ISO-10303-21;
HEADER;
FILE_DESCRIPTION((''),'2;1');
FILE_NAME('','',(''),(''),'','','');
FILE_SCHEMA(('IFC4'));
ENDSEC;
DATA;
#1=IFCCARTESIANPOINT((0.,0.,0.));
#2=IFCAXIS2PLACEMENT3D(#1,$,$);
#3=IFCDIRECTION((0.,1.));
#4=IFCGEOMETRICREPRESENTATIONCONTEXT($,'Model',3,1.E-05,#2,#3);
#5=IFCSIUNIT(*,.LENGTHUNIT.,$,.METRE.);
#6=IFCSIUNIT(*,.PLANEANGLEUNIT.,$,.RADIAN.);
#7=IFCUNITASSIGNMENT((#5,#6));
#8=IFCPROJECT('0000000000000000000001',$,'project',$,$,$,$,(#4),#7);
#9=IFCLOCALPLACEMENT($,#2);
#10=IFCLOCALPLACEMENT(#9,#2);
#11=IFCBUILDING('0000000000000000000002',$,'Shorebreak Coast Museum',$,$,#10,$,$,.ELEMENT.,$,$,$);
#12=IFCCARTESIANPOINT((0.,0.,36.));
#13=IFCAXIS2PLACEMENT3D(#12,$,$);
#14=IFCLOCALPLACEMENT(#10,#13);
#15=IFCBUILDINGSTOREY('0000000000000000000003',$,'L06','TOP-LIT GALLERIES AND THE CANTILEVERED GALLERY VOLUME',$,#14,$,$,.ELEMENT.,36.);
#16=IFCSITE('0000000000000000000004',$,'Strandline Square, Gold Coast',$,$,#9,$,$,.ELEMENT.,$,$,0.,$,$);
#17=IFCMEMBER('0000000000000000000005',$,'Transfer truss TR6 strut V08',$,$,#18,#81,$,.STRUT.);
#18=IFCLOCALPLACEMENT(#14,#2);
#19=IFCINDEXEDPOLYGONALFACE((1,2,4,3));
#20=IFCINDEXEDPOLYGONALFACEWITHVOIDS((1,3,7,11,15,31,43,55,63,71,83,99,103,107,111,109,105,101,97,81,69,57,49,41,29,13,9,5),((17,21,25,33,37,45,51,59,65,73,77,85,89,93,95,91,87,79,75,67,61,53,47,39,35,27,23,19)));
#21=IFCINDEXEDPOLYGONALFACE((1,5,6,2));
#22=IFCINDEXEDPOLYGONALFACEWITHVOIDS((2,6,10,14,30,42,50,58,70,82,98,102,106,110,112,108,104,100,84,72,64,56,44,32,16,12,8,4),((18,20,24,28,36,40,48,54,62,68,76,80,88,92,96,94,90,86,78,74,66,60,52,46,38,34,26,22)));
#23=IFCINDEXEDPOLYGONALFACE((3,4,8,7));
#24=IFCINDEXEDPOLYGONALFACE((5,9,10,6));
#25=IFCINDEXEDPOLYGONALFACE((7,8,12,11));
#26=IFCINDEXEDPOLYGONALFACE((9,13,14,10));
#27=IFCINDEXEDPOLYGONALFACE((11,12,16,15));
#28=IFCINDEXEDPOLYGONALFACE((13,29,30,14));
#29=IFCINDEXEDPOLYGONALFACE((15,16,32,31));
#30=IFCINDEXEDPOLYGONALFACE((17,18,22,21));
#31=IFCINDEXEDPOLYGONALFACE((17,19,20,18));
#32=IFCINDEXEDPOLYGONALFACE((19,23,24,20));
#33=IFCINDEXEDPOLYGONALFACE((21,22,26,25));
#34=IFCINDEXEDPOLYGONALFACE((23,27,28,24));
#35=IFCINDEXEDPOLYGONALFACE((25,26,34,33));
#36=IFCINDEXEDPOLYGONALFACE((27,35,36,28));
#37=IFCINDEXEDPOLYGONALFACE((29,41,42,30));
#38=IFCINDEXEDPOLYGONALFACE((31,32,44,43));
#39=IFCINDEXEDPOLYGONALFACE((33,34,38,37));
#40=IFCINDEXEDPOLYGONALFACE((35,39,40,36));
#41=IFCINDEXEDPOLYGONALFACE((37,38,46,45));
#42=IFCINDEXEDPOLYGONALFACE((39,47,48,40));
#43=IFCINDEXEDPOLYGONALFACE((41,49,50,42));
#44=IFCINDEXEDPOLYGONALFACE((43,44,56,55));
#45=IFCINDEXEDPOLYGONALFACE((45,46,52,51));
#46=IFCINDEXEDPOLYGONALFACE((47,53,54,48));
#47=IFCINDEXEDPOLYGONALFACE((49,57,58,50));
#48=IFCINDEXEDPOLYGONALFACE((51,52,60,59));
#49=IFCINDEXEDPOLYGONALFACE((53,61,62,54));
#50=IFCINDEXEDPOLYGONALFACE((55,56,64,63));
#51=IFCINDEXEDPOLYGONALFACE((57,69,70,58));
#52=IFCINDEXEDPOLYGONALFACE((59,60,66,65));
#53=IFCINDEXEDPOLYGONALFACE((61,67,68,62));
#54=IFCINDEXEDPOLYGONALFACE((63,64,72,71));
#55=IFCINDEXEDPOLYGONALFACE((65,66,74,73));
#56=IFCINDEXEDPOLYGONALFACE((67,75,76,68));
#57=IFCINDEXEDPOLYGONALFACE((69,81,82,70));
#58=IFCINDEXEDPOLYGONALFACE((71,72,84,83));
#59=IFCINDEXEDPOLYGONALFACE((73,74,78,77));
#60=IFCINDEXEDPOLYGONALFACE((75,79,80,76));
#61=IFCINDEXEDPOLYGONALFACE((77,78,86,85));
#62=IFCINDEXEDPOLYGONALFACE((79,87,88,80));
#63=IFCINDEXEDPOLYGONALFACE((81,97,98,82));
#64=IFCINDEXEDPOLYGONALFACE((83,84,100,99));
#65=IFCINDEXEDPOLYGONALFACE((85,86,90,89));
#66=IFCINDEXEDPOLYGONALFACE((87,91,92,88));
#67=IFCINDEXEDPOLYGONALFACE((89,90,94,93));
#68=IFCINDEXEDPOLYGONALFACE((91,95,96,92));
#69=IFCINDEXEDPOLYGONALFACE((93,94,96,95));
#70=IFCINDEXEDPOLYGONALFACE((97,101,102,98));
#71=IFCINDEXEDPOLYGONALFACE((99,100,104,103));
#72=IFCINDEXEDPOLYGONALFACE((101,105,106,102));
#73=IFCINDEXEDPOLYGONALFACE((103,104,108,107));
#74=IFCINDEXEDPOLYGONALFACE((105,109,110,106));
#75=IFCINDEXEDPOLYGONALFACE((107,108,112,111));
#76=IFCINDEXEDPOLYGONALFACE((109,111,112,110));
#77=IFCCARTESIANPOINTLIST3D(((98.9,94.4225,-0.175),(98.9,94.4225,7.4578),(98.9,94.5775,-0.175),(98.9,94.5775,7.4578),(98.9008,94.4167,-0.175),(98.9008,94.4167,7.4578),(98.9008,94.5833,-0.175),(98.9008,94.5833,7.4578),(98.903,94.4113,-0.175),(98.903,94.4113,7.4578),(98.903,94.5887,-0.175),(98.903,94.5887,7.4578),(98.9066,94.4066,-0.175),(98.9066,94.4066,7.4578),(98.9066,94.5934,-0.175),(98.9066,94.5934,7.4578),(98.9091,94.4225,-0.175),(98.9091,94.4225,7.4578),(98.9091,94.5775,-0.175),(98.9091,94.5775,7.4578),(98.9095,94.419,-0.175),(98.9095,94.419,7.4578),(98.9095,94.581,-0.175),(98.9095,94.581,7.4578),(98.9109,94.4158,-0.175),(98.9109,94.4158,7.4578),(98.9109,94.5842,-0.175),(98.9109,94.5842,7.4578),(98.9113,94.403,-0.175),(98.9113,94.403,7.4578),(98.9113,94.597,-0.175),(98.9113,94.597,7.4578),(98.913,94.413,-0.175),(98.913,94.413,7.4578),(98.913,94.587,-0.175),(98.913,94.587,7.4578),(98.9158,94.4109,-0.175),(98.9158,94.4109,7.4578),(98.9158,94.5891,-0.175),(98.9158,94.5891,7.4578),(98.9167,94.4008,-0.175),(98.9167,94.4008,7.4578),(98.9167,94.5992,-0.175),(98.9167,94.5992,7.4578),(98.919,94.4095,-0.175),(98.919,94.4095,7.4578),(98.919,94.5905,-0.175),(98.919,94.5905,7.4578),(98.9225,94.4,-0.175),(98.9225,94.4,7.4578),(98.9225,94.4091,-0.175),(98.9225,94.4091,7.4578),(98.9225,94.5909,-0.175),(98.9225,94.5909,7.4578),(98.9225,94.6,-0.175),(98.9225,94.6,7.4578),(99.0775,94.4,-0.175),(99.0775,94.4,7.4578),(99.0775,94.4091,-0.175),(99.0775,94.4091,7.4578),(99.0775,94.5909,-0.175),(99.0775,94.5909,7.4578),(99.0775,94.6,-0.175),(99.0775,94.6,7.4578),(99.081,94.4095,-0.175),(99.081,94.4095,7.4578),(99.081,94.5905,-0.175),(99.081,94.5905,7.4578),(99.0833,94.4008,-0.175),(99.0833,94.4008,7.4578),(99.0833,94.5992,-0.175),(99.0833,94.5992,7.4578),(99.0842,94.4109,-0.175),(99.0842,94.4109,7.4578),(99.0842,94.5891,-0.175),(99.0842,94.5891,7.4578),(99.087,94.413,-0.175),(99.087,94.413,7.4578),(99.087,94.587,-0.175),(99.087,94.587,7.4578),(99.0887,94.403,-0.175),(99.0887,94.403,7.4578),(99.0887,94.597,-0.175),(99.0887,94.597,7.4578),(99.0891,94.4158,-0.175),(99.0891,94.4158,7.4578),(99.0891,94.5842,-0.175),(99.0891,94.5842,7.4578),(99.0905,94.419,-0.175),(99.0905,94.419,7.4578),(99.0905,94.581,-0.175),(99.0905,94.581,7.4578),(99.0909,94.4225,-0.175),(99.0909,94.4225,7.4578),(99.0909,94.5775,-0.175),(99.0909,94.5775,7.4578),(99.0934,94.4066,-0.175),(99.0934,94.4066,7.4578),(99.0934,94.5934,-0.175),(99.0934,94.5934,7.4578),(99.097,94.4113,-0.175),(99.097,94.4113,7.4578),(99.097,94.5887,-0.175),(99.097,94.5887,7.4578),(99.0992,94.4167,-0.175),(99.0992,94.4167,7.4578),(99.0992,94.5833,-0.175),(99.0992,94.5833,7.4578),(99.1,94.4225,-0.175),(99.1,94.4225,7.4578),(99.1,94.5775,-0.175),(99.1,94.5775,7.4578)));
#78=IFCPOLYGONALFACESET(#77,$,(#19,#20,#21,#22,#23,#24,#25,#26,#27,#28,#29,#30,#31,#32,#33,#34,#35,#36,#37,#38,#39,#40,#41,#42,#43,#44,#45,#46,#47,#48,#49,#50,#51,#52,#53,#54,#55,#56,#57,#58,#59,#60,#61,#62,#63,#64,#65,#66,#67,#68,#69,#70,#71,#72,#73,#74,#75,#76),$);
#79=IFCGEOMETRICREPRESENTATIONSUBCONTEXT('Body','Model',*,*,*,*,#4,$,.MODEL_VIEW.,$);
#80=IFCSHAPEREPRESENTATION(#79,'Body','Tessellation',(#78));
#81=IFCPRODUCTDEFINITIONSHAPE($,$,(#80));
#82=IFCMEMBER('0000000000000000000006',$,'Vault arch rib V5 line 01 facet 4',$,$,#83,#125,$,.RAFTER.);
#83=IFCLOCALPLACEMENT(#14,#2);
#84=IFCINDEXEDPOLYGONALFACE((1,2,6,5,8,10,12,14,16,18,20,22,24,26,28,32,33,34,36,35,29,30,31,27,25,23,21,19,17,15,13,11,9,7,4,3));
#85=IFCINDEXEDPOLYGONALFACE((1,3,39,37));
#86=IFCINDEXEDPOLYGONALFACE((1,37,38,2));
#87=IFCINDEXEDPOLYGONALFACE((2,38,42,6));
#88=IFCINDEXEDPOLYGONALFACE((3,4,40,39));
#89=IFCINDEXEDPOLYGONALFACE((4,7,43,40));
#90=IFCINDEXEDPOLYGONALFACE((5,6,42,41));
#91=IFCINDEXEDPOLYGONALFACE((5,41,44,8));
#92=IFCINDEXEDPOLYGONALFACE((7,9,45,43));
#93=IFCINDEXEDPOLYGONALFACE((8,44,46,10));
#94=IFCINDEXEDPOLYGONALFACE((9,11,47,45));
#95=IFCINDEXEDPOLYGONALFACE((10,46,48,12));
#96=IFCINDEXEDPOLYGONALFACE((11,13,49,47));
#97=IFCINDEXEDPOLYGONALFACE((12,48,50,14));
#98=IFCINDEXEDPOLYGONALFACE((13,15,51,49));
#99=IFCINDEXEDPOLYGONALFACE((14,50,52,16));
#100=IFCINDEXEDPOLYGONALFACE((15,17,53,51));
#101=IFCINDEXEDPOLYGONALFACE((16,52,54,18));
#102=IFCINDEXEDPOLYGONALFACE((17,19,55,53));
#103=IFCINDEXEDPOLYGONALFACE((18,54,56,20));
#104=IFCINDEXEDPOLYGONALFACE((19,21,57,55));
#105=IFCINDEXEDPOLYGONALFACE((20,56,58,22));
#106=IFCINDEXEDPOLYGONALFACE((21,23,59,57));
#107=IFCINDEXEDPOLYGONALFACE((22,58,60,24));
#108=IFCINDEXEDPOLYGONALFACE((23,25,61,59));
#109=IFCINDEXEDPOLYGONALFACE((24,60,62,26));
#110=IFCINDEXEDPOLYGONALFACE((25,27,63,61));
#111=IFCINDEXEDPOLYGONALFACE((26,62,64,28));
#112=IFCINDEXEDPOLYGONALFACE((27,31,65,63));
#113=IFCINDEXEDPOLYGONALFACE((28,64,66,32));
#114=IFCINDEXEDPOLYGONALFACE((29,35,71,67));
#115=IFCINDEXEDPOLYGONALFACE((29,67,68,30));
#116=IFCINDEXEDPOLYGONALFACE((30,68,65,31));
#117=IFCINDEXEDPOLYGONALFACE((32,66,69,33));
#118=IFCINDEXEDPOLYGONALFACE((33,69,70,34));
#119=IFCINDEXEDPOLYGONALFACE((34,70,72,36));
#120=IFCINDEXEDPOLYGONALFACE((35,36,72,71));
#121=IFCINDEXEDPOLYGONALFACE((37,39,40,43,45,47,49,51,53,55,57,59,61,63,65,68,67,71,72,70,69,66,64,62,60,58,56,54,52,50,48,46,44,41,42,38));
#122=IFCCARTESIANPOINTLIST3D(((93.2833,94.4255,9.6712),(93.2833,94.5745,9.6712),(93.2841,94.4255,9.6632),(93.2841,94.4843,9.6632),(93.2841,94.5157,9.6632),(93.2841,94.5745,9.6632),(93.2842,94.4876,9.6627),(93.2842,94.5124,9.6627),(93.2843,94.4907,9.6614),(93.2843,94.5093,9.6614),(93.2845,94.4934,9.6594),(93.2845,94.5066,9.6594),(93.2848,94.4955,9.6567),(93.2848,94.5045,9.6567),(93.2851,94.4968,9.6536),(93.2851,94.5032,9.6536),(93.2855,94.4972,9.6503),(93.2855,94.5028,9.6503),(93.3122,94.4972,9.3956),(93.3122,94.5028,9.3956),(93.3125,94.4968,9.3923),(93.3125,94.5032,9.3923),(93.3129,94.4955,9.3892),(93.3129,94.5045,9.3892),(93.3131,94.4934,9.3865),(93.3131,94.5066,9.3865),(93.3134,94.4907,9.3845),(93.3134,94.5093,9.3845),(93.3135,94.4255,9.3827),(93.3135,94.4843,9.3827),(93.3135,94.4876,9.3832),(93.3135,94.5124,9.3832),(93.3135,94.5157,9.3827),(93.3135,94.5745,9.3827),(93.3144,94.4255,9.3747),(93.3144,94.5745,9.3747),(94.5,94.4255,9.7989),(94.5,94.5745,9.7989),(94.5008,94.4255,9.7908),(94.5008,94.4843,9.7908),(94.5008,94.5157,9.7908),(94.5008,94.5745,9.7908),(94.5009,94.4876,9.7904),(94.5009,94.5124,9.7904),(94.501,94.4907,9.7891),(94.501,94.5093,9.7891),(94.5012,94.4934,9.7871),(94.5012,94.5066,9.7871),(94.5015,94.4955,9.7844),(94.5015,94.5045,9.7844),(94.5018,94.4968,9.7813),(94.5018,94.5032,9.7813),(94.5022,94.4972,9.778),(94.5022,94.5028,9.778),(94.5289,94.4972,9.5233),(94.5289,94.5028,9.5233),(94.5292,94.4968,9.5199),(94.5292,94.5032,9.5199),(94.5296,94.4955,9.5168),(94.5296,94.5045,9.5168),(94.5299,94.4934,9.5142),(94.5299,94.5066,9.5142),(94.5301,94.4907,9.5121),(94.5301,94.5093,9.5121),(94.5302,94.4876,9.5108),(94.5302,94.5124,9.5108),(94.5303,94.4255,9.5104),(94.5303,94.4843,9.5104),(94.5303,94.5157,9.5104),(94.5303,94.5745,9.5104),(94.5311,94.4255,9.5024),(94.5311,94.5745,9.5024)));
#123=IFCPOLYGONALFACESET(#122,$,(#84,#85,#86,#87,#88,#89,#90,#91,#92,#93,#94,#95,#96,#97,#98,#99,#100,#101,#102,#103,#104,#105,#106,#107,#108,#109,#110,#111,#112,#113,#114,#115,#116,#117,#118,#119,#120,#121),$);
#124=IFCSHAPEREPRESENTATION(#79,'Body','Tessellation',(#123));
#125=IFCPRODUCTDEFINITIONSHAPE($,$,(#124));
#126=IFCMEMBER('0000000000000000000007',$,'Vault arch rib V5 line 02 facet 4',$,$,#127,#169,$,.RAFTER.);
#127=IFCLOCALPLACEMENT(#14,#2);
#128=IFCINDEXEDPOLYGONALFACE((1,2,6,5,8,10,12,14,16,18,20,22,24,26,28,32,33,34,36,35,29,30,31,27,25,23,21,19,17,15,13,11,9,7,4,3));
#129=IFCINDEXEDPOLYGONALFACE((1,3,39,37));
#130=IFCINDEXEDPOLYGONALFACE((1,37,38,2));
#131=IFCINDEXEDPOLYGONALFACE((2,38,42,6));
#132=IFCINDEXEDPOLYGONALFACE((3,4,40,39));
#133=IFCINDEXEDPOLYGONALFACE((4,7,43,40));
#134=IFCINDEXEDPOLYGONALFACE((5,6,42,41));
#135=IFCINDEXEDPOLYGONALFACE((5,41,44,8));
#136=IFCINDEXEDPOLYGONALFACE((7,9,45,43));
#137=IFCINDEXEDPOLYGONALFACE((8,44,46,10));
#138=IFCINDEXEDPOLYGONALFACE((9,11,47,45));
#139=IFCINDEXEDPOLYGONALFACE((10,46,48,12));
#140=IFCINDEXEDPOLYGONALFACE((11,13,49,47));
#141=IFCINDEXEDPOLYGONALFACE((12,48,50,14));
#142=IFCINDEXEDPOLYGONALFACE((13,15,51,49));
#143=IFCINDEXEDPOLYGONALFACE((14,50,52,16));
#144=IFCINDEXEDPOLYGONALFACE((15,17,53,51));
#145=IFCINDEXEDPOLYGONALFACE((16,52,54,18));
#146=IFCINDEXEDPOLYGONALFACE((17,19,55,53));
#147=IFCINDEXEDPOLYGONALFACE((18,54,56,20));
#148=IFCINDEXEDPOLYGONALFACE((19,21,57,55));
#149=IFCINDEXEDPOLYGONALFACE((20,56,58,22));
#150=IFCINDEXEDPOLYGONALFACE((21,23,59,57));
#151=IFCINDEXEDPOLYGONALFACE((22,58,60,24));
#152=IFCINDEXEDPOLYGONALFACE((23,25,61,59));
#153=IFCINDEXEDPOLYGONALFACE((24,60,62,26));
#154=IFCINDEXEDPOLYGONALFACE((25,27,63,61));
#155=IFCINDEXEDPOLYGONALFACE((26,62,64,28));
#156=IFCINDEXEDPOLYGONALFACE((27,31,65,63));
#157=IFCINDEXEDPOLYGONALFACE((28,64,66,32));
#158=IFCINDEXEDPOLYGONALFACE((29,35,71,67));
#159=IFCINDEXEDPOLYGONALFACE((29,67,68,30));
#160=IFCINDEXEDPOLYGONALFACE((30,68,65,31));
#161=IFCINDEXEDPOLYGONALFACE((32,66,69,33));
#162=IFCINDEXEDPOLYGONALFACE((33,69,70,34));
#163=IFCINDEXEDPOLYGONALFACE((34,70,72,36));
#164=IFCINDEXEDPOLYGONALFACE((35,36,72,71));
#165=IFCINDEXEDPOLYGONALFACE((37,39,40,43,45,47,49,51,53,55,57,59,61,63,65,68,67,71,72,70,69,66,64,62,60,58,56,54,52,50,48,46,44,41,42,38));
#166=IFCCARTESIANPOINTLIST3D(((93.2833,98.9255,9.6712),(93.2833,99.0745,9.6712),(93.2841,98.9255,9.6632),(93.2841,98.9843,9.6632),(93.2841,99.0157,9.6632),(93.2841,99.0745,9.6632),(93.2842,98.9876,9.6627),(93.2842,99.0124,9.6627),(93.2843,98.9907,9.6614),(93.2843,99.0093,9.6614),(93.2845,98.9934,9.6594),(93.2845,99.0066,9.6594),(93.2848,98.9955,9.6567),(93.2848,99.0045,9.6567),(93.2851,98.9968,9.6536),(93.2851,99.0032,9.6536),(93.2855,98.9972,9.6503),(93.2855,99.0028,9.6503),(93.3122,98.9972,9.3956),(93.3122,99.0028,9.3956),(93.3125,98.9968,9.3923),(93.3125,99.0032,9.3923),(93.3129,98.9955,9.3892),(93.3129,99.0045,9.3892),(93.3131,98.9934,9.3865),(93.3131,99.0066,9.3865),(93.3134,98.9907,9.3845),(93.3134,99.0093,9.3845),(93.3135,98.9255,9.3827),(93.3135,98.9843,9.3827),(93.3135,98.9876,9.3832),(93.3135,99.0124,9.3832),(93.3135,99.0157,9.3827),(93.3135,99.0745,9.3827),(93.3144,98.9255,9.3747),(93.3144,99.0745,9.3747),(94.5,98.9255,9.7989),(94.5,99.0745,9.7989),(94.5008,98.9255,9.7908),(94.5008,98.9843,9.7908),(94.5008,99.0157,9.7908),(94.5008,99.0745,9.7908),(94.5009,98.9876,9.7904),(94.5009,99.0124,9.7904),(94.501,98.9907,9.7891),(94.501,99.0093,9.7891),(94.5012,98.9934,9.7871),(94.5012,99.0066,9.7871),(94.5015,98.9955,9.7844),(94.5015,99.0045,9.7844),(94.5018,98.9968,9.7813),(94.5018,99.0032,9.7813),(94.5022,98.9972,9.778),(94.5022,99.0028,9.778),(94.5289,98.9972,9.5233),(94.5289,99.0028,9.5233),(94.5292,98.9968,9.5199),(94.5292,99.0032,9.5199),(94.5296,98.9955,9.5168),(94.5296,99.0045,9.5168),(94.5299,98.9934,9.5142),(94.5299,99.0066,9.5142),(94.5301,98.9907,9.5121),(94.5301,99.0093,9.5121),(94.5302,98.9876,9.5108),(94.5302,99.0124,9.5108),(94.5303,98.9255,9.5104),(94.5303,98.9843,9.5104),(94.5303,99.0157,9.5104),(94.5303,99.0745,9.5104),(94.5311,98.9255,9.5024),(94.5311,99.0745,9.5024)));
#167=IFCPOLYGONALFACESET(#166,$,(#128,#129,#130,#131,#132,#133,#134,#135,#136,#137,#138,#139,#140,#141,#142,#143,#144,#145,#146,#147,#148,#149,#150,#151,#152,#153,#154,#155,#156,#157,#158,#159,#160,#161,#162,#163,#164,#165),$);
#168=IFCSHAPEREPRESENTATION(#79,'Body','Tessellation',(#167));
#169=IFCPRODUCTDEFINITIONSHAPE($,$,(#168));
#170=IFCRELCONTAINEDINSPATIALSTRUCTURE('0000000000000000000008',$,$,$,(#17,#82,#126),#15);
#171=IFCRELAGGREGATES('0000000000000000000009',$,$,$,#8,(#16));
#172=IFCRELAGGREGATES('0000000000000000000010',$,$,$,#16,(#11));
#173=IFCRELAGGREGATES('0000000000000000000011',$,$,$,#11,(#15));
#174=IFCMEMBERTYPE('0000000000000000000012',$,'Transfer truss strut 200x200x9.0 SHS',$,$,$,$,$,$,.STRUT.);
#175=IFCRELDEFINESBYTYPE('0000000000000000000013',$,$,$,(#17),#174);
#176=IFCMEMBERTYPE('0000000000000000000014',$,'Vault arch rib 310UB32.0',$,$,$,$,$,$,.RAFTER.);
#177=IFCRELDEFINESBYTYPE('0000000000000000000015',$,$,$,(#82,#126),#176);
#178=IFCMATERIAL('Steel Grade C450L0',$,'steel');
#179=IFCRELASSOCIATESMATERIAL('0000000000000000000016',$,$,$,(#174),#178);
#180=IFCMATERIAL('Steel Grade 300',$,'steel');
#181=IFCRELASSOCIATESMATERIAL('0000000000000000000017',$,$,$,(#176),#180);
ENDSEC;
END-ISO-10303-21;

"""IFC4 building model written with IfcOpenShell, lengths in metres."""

from ifc_helpers import new_model, si_unit, direction, frame, origin, origin_2d, place, context, subcontext, project, spatial, hollow_rectangle, i_section, extrude, material, material_profile, profile_set, type_object, element, save


model = new_model("IFC4")

# Units and contexts
model_context = context("Model", 3, precision=1e-05, world=origin(), true_north=direction((0.0, 1.0)))
body_context = subcontext(model_context, "Body", "Model", "MODEL_VIEW")
ifc_project = project(units=[si_unit("LENGTHUNIT", "METRE"), si_unit("PLANEANGLEUNIT", "RADIAN")], contexts=[model_context])

# Site, building, storey
site_placement = place(None, origin())
site = spatial("IfcSite", under=ifc_project, at=site_placement, Name="Strandline Square, Gold Coast", CompositionType="ELEMENT", RefElevation=0.0)
building_placement = place(site_placement, origin())
building = spatial("IfcBuilding", under=site, at=building_placement, Name="Shorebreak Coast Museum", CompositionType="ELEMENT")
storey_placement = place(building_placement, frame((0.0, 0.0, 36.0)))
storey = spatial("IfcBuildingStorey", under=building, at=storey_placement, Name="L06", Description="TOP-LIT GALLERIES AND THE CANTILEVERED GALLERY VOLUME", CompositionType="ELEMENT", Elevation=36.0)

# Members
ifc_material_1 = material(Name="Steel Grade C450L0", Category="steel")
ifc_material_profile_1 = material_profile(ifc_material_1, hollow_rectangle(XDim=0.2, YDim=0.2, WallThickness=0.009, InnerFilletRadius=0.0134, OuterFilletRadius=0.0225, at=origin_2d()), Name="200x200x9.0 SHS")
ifc_profile_set_1 = profile_set([ifc_material_profile_1], Name="Steel Grade C450L0")
member_type_1 = type_object("IfcMemberType", Name="Transfer truss strut 200x200x9.0 SHS", PredefinedType="STRUT", material=ifc_profile_set_1)
member_1_placement = place(storey_placement, frame((99.0, 94.5, -0.175), z_axis=(0.0, 0.0, 1.0), x_axis=(1.0, 0.0, 0.0)))
element("IfcMember", 1, at=member_1_placement, inside=storey, type_object=member_type_1, Name="Transfer truss TR6 strut V08", PredefinedType="STRUT", context=body_context, shape_type="SweptSolid", body=[
    extrude(hollow_rectangle(XDim=0.2, YDim=0.2, WallThickness=0.009, InnerFilletRadius=0.0134, OuterFilletRadius=0.0225, at=origin_2d()), origin(), (0.0, 0.0, 1.0), 7.6328),
])
ifc_material_2 = material(Name="Steel Grade 300", Category="steel")
ifc_material_profile_2 = material_profile(ifc_material_2, i_section(OverallWidth=0.1489, OverallDepth=0.2981, WebThickness=0.0056, FlangeThickness=0.0081, FilletRadius=0.0129, at=origin_2d()), Name="310UB32.0")
ifc_profile_set_2 = profile_set([ifc_material_profile_2], Name="Steel Grade 300")
member_type_2 = type_object("IfcMemberType", Name="Vault arch rib 310UB32.0", PredefinedType="RAFTER", material=ifc_profile_set_2)
for number, where, z_axis, x_axis, name in (
    (2, (93.2988, 94.5, 9.5229), (0.994539, 0.0, 0.104363), (0.0, 1.0, 0.0), "Vault arch rib V5 line 01 facet 4"),
    (3, (93.2988, 99.0, 9.5229), (0.994539, 0.0, 0.104363), (0.0, 1.0, 0.0), "Vault arch rib V5 line 02 facet 4"),
):
    element("IfcMember", number, at=place(storey_placement, frame(where, z_axis=z_axis, x_axis=x_axis)), inside=storey, type_object=member_type_2, Name=name, PredefinedType="RAFTER", context=body_context, shape_type="SweptSolid", body=[
        extrude(i_section(OverallWidth=0.1489, OverallDepth=0.2981, WebThickness=0.0056, FlangeThickness=0.0081, FilletRadius=0.0129, at=origin_2d()), origin(), (0.0, 0.0, 1.0), 1.2234),
    ])

save(model, "model.ifc")
